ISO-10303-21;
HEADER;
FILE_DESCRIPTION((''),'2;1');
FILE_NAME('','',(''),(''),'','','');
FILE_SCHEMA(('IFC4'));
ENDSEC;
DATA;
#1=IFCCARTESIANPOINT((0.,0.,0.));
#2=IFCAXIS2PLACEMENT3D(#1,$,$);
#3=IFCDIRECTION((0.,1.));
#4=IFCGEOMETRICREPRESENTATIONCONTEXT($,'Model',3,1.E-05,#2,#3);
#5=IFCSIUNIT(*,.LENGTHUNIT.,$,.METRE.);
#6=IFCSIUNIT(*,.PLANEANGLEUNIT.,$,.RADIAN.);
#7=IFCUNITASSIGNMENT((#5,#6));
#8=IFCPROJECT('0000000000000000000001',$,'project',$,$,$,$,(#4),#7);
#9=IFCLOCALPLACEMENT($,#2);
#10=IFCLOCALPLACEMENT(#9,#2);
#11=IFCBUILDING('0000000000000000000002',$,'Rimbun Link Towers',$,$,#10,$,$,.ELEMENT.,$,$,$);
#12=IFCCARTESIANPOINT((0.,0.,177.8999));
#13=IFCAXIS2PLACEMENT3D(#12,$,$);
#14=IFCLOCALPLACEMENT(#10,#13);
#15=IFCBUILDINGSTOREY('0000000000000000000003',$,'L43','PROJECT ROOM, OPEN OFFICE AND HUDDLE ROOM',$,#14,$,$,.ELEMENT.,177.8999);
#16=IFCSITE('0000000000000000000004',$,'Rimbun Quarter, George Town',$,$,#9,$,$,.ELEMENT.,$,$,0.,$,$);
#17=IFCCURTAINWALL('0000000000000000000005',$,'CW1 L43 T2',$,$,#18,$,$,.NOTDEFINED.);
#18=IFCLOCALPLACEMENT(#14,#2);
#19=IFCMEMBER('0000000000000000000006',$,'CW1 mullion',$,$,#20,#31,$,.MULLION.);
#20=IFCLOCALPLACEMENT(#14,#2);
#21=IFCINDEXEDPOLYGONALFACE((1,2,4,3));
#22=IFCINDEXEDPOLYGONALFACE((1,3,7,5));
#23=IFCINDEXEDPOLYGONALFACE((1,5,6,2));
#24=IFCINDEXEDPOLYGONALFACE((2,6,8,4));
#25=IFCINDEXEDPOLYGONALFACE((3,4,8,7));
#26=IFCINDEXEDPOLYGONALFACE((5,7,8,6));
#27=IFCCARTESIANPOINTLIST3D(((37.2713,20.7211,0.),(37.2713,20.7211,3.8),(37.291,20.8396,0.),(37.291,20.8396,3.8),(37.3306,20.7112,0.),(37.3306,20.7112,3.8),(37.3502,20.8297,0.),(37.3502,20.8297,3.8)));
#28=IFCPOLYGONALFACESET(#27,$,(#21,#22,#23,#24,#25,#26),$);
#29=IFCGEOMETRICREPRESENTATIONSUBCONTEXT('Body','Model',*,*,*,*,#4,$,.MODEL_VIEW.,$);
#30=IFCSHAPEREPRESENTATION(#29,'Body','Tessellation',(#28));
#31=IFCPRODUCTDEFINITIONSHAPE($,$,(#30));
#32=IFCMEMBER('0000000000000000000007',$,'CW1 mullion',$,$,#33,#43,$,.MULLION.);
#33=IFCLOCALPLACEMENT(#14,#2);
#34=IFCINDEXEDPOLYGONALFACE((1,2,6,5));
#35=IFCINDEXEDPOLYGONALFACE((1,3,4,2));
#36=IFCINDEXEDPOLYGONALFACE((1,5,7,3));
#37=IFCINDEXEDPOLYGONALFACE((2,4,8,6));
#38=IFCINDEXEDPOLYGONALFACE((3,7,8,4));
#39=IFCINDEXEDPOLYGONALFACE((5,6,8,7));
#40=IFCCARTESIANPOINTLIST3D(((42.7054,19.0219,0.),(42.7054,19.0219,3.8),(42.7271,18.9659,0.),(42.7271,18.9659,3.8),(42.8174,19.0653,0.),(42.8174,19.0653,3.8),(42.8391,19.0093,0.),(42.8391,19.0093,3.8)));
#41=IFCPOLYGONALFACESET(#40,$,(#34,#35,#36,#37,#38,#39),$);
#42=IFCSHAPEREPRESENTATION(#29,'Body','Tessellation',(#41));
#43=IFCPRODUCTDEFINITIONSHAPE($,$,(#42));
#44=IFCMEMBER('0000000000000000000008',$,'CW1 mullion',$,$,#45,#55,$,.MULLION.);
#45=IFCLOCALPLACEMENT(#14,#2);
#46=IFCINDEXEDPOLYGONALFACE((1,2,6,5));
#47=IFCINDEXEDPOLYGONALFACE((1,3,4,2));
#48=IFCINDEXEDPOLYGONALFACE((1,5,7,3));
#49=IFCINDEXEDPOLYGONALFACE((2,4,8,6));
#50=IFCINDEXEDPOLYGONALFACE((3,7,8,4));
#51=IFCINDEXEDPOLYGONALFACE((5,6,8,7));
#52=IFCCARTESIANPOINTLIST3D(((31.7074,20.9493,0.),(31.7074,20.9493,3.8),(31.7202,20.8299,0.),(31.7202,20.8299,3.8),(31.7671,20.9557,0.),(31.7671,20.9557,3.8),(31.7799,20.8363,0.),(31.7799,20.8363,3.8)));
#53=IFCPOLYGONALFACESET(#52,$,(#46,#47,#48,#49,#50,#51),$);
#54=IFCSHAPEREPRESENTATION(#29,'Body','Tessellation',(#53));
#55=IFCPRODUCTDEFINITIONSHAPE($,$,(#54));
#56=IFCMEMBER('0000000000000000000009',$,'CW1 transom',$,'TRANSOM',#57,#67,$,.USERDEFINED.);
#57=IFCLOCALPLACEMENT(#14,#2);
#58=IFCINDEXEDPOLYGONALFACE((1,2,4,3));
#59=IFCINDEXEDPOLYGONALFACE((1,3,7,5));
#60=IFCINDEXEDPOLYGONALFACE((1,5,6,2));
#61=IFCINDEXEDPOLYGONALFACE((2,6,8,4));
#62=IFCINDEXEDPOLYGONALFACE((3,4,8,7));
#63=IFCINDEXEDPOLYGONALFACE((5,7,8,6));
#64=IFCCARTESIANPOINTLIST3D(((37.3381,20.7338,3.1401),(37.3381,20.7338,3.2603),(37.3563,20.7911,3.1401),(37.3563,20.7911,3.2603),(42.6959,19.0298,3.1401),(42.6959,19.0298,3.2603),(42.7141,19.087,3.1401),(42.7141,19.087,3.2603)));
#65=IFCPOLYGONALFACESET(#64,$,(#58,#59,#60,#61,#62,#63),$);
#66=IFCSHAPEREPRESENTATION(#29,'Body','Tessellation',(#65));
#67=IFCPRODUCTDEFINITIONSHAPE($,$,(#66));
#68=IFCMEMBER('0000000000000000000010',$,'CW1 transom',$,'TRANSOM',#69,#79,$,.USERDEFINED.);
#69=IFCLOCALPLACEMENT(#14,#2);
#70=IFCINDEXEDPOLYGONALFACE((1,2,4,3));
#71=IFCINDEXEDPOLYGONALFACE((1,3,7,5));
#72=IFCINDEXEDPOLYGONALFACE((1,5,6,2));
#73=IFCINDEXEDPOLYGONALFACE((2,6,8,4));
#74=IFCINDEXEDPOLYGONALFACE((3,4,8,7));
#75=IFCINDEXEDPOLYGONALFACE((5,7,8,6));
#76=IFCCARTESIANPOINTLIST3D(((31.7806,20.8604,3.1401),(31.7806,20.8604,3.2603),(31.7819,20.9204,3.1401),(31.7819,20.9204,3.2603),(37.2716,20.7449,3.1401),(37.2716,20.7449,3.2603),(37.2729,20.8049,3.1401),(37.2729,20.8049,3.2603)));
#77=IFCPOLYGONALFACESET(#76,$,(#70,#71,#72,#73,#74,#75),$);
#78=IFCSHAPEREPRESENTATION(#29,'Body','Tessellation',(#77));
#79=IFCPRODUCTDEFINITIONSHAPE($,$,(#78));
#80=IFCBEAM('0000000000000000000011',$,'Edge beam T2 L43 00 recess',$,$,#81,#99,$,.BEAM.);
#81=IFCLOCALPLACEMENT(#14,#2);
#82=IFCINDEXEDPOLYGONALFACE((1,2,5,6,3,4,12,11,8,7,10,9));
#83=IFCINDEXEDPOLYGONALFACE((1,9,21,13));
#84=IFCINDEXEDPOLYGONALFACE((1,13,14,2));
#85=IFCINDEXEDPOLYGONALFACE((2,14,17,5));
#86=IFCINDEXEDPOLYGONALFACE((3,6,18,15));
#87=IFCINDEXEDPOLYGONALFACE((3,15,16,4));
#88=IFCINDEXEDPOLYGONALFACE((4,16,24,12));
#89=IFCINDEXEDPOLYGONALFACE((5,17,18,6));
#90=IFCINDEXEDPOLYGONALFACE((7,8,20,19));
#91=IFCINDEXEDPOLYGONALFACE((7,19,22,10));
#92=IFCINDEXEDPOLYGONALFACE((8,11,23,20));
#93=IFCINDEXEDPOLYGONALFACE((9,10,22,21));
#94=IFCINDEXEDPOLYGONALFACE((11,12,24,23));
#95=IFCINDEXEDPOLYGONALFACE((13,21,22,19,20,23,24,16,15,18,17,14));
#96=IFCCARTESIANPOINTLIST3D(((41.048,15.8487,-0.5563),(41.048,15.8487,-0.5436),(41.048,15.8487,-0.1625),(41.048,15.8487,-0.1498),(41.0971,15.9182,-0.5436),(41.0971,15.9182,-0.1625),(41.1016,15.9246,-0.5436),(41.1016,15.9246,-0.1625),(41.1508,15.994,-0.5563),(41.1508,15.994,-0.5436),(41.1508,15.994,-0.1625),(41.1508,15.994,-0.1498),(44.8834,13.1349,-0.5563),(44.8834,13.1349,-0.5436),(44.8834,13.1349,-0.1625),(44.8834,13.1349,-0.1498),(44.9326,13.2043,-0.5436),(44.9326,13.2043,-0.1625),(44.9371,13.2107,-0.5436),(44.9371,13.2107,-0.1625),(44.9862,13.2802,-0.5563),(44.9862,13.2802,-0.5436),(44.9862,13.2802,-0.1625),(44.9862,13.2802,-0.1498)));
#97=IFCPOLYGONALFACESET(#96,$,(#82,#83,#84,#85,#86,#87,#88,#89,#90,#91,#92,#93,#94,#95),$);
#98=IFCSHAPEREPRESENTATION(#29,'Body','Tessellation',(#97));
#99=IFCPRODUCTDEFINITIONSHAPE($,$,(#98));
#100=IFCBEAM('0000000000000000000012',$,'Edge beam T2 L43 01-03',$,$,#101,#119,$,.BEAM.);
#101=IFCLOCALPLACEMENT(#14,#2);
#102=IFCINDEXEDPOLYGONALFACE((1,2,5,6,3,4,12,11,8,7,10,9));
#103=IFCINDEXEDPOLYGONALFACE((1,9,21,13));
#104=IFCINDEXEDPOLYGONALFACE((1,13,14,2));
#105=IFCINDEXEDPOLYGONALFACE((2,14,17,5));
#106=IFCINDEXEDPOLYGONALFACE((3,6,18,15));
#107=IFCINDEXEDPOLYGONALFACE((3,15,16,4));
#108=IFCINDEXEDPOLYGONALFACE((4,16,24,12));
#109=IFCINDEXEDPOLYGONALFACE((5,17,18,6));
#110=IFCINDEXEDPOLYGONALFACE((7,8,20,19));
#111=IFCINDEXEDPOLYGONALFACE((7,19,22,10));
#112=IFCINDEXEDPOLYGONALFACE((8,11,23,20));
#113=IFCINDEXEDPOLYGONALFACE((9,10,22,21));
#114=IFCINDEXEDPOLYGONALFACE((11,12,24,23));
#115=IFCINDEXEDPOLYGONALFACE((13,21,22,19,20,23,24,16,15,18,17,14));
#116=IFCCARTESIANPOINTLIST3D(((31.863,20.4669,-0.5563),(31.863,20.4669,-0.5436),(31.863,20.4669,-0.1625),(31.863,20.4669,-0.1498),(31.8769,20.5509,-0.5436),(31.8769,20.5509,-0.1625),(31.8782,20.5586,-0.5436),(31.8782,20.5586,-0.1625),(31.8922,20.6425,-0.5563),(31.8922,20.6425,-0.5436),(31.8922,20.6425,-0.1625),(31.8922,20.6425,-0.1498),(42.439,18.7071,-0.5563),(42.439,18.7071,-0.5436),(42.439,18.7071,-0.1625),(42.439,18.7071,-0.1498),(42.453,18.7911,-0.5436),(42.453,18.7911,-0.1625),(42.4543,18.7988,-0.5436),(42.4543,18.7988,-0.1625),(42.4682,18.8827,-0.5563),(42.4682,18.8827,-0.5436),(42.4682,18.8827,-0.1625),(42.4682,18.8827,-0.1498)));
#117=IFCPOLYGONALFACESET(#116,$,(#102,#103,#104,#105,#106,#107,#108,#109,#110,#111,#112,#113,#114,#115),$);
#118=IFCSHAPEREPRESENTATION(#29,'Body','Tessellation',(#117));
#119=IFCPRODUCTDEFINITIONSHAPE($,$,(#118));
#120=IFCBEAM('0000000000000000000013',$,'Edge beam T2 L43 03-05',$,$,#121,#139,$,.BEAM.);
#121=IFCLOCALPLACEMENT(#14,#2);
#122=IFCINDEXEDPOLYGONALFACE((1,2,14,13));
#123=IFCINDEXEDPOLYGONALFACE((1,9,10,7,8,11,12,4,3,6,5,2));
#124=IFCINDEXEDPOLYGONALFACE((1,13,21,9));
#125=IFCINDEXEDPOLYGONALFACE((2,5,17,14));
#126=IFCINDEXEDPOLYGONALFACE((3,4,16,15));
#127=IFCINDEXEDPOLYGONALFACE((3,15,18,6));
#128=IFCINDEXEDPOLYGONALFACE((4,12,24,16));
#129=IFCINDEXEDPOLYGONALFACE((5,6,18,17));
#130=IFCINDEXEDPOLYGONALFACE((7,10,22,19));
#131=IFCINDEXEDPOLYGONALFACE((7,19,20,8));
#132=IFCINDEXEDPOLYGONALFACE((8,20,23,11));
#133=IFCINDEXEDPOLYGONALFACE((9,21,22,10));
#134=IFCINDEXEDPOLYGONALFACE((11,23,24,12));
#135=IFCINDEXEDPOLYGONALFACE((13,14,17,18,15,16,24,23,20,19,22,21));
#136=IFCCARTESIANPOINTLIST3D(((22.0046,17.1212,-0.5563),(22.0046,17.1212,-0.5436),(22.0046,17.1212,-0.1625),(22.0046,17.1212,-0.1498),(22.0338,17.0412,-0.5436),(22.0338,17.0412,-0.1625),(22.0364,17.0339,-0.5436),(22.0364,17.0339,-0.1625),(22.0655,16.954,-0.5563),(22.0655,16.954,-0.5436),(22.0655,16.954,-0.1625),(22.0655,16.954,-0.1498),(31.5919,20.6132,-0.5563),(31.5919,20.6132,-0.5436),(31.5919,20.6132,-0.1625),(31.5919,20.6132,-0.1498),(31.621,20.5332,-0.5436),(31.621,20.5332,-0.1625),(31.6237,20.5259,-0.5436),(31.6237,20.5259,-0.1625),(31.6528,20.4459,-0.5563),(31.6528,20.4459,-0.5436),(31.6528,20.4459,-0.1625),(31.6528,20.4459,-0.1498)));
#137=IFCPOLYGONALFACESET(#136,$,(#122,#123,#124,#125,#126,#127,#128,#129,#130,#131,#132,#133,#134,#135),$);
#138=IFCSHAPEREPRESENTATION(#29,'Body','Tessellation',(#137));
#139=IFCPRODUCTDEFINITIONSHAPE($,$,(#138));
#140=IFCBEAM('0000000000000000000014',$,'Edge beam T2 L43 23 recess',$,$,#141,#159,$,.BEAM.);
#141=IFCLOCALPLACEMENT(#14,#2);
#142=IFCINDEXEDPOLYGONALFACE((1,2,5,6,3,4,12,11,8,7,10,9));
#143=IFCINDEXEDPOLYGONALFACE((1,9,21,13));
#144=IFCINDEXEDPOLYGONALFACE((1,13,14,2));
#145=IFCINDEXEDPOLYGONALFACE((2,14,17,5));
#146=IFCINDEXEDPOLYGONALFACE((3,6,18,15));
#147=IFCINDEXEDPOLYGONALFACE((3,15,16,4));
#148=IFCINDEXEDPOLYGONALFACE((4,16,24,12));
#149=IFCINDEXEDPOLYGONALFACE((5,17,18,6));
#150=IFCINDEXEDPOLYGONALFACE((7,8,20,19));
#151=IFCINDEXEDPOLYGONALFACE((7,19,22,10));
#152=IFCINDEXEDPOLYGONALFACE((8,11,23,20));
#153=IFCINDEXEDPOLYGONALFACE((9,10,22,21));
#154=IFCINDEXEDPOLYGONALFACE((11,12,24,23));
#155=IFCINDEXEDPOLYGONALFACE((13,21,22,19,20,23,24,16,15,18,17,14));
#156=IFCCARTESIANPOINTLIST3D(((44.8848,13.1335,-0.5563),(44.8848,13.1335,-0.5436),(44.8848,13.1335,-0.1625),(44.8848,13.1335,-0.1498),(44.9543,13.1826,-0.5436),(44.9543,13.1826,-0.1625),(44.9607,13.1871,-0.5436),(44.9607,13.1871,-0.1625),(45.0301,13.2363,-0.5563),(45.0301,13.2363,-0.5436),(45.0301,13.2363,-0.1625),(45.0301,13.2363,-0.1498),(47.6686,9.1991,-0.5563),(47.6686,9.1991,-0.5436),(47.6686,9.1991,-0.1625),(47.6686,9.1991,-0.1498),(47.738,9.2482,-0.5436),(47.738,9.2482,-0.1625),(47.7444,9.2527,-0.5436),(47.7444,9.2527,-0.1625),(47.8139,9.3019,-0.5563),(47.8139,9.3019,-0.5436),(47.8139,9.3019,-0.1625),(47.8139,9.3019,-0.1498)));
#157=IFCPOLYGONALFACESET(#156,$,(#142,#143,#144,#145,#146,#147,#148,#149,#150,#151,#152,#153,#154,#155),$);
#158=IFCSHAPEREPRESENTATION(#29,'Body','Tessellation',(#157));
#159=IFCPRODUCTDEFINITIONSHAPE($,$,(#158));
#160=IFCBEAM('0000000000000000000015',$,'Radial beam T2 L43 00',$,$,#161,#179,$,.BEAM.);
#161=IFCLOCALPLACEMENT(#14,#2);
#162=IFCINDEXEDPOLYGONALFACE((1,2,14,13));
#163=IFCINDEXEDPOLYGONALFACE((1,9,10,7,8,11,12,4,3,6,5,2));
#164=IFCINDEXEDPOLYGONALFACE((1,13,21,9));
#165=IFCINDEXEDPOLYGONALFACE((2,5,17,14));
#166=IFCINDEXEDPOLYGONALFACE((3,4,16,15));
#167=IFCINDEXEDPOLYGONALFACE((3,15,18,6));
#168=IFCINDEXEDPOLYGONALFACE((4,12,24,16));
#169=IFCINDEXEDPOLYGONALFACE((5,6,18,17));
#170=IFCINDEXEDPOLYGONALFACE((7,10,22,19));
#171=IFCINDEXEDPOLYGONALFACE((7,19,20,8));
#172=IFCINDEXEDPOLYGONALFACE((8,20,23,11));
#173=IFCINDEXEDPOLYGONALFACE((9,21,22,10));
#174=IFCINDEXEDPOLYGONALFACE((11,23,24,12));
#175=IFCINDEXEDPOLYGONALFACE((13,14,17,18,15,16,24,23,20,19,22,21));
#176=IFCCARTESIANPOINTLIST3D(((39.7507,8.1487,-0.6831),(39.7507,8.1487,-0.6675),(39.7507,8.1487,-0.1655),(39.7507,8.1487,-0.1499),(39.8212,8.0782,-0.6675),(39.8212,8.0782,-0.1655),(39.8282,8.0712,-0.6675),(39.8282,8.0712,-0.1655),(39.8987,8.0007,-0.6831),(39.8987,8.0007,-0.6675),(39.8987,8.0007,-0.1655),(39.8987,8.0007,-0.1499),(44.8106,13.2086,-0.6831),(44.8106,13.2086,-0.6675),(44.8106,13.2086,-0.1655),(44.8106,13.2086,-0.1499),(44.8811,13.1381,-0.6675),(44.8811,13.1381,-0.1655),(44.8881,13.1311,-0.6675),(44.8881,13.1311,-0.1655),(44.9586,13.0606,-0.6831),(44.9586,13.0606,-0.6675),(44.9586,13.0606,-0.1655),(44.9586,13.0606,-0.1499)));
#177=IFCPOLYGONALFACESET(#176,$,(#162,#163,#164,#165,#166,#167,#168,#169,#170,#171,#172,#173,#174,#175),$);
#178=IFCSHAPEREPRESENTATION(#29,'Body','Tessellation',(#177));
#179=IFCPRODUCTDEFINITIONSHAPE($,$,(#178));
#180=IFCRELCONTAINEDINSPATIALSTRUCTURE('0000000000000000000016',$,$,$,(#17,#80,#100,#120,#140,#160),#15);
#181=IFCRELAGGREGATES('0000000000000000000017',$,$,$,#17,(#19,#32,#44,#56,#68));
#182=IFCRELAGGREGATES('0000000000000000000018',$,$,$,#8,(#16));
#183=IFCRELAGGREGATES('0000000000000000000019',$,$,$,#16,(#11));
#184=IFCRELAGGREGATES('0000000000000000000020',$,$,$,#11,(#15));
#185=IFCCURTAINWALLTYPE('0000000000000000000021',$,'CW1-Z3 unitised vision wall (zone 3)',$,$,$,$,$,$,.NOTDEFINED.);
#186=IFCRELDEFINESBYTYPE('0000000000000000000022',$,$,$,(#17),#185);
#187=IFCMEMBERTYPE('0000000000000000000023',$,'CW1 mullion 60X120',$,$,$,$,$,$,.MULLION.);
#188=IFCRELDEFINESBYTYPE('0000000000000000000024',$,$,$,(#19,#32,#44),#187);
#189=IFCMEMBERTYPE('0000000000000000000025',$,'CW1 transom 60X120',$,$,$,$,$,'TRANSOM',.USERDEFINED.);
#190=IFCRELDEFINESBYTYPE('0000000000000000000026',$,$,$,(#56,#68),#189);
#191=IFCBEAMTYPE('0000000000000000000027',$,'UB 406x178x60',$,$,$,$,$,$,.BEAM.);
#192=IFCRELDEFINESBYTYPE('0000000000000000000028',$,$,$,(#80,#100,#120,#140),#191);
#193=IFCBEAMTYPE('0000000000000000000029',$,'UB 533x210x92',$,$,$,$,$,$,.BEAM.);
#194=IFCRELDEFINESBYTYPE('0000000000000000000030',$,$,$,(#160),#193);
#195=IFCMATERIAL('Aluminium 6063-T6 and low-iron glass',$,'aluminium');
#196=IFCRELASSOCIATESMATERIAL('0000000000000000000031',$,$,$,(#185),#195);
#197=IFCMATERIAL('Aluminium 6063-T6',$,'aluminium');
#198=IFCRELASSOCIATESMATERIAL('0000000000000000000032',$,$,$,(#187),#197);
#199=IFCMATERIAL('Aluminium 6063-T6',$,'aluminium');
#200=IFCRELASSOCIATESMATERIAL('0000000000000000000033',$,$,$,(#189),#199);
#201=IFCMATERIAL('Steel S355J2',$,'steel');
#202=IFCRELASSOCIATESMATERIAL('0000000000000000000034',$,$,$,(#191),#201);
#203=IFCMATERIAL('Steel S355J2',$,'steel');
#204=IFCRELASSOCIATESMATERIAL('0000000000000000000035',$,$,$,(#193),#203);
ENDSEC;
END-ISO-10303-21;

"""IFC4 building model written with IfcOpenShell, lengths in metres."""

from ifc_helpers import new_model, si_unit, direction, frame, origin, origin_2d, place, context, subcontext, project, spatial, rectangle, i_section, extrude, material, material_profile, profile_set, type_object, element, aggregate, save


model = new_model("IFC4")

# Units and contexts
model_context = context("Model", 3, precision=1e-05, world=origin(), true_north=direction((0.0, 1.0)))
body_context = subcontext(model_context, "Body", "Model", "MODEL_VIEW")
ifc_project = project(units=[si_unit("LENGTHUNIT", "METRE"), si_unit("PLANEANGLEUNIT", "RADIAN")], contexts=[model_context])

# Site, building, storey
site_placement = place(None, origin())
site = spatial("IfcSite", under=ifc_project, at=site_placement, Name="Rimbun Quarter, George Town", CompositionType="ELEMENT", RefElevation=0.0)
building_placement = place(site_placement, origin())
building = spatial("IfcBuilding", under=site, at=building_placement, Name="Rimbun Link Towers", CompositionType="ELEMENT")
storey_placement = place(building_placement, frame((0.0, 0.0, 177.8999)))
storey = spatial("IfcBuildingStorey", under=building, at=storey_placement, Name="L43", Description="PROJECT ROOM, OPEN OFFICE AND HUDDLE ROOM", CompositionType="ELEMENT", Elevation=177.8999)

# Curtain wall, members
ifc_material_1 = material(Name="Aluminium 6063-T6 and low-iron glass", Category="aluminium")
curtain_wall_type = type_object("IfcCurtainWallType", Name="CW1-Z3 unitised vision wall (zone 3)", PredefinedType="NOTDEFINED", material=ifc_material_1)
curtain_wall_placement = place(storey_placement, origin())
curtain_wall = element("IfcCurtainWall", 1, at=curtain_wall_placement, inside=storey, type_object=curtain_wall_type, Name="CW1 L43 T2", PredefinedType="NOTDEFINED")
ifc_material_2 = material(Name="Aluminium 6063-T6", Category="aluminium")
ifc_material_profile_1 = material_profile(ifc_material_2, rectangle(XDim=0.1201, YDim=0.0601, at=origin_2d()), Name="MULLION 60X120")
ifc_profile_set_1 = profile_set([ifc_material_profile_1], Name="Aluminium 6063-T6")
member_type_1 = type_object("IfcMemberType", Name="CW1 mullion 60X120", PredefinedType="MULLION", material=ifc_profile_set_1)
member_1_placement = place(storey_placement, frame((37.3108, 20.7754, 0.0), z_axis=(0.0, 0.0, 1.0), x_axis=(0.163743, 0.986503, 0.0)))
member_1 = element("IfcMember", 2, at=member_1_placement, type_object=member_type_1, Name="CW1 mullion", PredefinedType="MULLION", context=body_context, shape_type="SweptSolid", body=[
    extrude(rectangle(XDim=0.1201, YDim=0.0601, at=origin_2d()), origin(), (0.0, 0.0, 1.0), 3.8),
])
member_2_placement = place(storey_placement, frame((42.7722, 19.0156, 0.0), z_axis=(0.0, 0.0, 1.0), x_axis=(0.932456, 0.361285, 0.0)))
member_2 = element("IfcMember", 3, at=member_2_placement, type_object=member_type_1, Name="CW1 mullion", PredefinedType="MULLION", context=body_context, shape_type="SweptSolid", body=[
    extrude(rectangle(XDim=0.1201, YDim=0.0601, at=origin_2d()), origin(), (0.0, 0.0, 1.0), 3.8),
])
member_3_placement = place(storey_placement, frame((31.7437, 20.8928, 0.0), z_axis=(0.0, 0.0, 1.0), x_axis=(-0.106641, 0.994298, 0.0)))
member_3 = element("IfcMember", 4, at=member_3_placement, type_object=member_type_1, Name="CW1 mullion", PredefinedType="MULLION", context=body_context, shape_type="SweptSolid", body=[
    extrude(rectangle(XDim=0.1201, YDim=0.0601, at=origin_2d()), origin(), (0.0, 0.0, 1.0), 3.8),
])
ifc_material_3 = material(Name="Aluminium 6063-T6", Category="aluminium")
ifc_material_profile_2 = material_profile(ifc_material_3, rectangle(XDim=0.0601, YDim=0.1201, at=origin_2d()), Name="TRANSOM 60X120")
ifc_profile_set_2 = profile_set([ifc_material_profile_2], Name="Aluminium 6063-T6")
member_type_2 = type_object("IfcMemberType", Name="CW1 transom 60X120", ElementType="TRANSOM", PredefinedType="USERDEFINED", material=ifc_profile_set_2)
member_4_placement = place(storey_placement, frame((37.3472, 20.7625, 3.2002), z_axis=(0.952961, -0.303093, 0.0), x_axis=(0.303093, 0.952961, 0.0)))
member_4 = element("IfcMember", 5, at=member_4_placement, type_object=member_type_2, Name="CW1 transom", ObjectType="TRANSOM", PredefinedType="USERDEFINED", context=body_context, shape_type="SweptSolid", body=[
    extrude(rectangle(XDim=0.0601, YDim=0.1201, at=origin_2d()), origin(), (0.0, 0.0, 1.0), 5.6223),
])
member_5_placement = place(storey_placement, frame((31.7812, 20.8904, 3.2002), z_axis=(0.999779, -0.021026, 0.0), x_axis=(0.021026, 0.999779, 0.0)))
member_5 = element("IfcMember", 6, at=member_5_placement, type_object=member_type_2, Name="CW1 transom", ObjectType="TRANSOM", PredefinedType="USERDEFINED", context=body_context, shape_type="SweptSolid", body=[
    extrude(rectangle(XDim=0.0601, YDim=0.1201, at=origin_2d()), origin(), (0.0, 0.0, 1.0), 5.4922),
])

# Beams
ifc_material_4 = material(Name="Steel S355J2", Category="steel")
ifc_material_profile_3 = material_profile(ifc_material_4, i_section(OverallWidth=0.178, OverallDepth=0.4065, WebThickness=0.0078, FlangeThickness=0.0127, at=origin_2d()), Name="UB 406x178x60")
ifc_profile_set_3 = profile_set([ifc_material_profile_3], Name="Steel S355J2")
beam_type_1 = type_object("IfcBeamType", Name="UB 406x178x60", PredefinedType="BEAM", material=ifc_profile_set_3)
beam_1_placement = place(storey_placement, frame((44.9348, 13.2075, -0.353), z_axis=(-0.816316, 0.577605, 0.0), x_axis=(-0.577605, -0.816316, 0.0)))
element("IfcBeam", 7, at=beam_1_placement, inside=storey, type_object=beam_type_1, Name="Edge beam T2 L43 00 recess", PredefinedType="BEAM", context=body_context, shape_type="SweptSolid", body=[
    extrude(i_section(OverallWidth=0.178, OverallDepth=0.4065, WebThickness=0.0078, FlangeThickness=0.0127, at=origin_2d()), origin(), (0.0, 0.0, 1.0), 4.6985),
])
beam_2_placement = place(storey_placement, frame((42.4536, 18.7949, -0.353), z_axis=(-0.986438, 0.164137, 0.0), x_axis=(-0.164137, -0.986438, 0.0)))
element("IfcBeam", 8, at=beam_2_placement, inside=storey, type_object=beam_type_1, Name="Edge beam T2 L43 01-03", PredefinedType="BEAM", context=body_context, shape_type="SweptSolid", body=[
    extrude(i_section(OverallWidth=0.178, OverallDepth=0.4065, WebThickness=0.0078, FlangeThickness=0.0127, at=origin_2d()), origin(), (0.0, 0.0, 1.0), 10.7214),
])
beam_3_placement = place(storey_placement, frame((31.6223, 20.5295, -0.353), z_axis=(-0.939614, -0.342237, 0.0), x_axis=(0.342237, -0.939614, 0.0)))
element("IfcBeam", 9, at=beam_3_placement, inside=storey, type_object=beam_type_1, Name="Edge beam T2 L43 03-05", PredefinedType="BEAM", context=body_context, shape_type="SweptSolid", body=[
    extrude(i_section(OverallWidth=0.178, OverallDepth=0.4065, WebThickness=0.0078, FlangeThickness=0.0127, at=origin_2d()), origin(), (0.0, 0.0, 1.0), 10.2034),
])
beam_4_placement = place(storey_placement, frame((47.7412, 9.2505, -0.353), z_axis=(-0.577586, 0.81633, 0.0), x_axis=(-0.81633, -0.577586, 0.0)))
element("IfcBeam", 10, at=beam_4_placement, inside=storey, type_object=beam_type_1, Name="Edge beam T2 L43 23 recess", PredefinedType="BEAM", context=body_context, shape_type="SweptSolid", body=[
    extrude(i_section(OverallWidth=0.178, OverallDepth=0.4065, WebThickness=0.0078, FlangeThickness=0.0127, at=origin_2d()), origin(), (0.0, 0.0, 1.0), 4.8196),
])
ifc_material_5 = material(Name="Steel S355J2", Category="steel")
ifc_material_profile_4 = material_profile(ifc_material_5, i_section(OverallWidth=0.2092, OverallDepth=0.5332, WebThickness=0.01, FlangeThickness=0.0156, at=origin_2d()), Name="UB 533x210x92")
ifc_profile_set_4 = profile_set([ifc_material_profile_4], Name="Steel S355J2")
beam_type_2 = type_object("IfcBeamType", Name="UB 533x210x92", PredefinedType="BEAM", material=ifc_profile_set_4)
beam_5_placement = place(storey_placement, frame((39.8247, 8.0747, -0.4165), z_axis=(0.707107, 0.707107, 0.0), x_axis=(-0.707107, 0.707107, 0.0)))
element("IfcBeam", 11, at=beam_5_placement, inside=storey, type_object=beam_type_2, Name="Radial beam T2 L43 00", PredefinedType="BEAM", context=body_context, shape_type="SweptSolid", body=[
    extrude(i_section(OverallWidth=0.2092, OverallDepth=0.5332, WebThickness=0.01, FlangeThickness=0.0156, at=origin_2d()), origin(), (0.0, 0.0, 1.0), 7.1558),
])

aggregate(curtain_wall, [member_1, member_2, member_3, member_4, member_5])

save(model, "model.ifc")
